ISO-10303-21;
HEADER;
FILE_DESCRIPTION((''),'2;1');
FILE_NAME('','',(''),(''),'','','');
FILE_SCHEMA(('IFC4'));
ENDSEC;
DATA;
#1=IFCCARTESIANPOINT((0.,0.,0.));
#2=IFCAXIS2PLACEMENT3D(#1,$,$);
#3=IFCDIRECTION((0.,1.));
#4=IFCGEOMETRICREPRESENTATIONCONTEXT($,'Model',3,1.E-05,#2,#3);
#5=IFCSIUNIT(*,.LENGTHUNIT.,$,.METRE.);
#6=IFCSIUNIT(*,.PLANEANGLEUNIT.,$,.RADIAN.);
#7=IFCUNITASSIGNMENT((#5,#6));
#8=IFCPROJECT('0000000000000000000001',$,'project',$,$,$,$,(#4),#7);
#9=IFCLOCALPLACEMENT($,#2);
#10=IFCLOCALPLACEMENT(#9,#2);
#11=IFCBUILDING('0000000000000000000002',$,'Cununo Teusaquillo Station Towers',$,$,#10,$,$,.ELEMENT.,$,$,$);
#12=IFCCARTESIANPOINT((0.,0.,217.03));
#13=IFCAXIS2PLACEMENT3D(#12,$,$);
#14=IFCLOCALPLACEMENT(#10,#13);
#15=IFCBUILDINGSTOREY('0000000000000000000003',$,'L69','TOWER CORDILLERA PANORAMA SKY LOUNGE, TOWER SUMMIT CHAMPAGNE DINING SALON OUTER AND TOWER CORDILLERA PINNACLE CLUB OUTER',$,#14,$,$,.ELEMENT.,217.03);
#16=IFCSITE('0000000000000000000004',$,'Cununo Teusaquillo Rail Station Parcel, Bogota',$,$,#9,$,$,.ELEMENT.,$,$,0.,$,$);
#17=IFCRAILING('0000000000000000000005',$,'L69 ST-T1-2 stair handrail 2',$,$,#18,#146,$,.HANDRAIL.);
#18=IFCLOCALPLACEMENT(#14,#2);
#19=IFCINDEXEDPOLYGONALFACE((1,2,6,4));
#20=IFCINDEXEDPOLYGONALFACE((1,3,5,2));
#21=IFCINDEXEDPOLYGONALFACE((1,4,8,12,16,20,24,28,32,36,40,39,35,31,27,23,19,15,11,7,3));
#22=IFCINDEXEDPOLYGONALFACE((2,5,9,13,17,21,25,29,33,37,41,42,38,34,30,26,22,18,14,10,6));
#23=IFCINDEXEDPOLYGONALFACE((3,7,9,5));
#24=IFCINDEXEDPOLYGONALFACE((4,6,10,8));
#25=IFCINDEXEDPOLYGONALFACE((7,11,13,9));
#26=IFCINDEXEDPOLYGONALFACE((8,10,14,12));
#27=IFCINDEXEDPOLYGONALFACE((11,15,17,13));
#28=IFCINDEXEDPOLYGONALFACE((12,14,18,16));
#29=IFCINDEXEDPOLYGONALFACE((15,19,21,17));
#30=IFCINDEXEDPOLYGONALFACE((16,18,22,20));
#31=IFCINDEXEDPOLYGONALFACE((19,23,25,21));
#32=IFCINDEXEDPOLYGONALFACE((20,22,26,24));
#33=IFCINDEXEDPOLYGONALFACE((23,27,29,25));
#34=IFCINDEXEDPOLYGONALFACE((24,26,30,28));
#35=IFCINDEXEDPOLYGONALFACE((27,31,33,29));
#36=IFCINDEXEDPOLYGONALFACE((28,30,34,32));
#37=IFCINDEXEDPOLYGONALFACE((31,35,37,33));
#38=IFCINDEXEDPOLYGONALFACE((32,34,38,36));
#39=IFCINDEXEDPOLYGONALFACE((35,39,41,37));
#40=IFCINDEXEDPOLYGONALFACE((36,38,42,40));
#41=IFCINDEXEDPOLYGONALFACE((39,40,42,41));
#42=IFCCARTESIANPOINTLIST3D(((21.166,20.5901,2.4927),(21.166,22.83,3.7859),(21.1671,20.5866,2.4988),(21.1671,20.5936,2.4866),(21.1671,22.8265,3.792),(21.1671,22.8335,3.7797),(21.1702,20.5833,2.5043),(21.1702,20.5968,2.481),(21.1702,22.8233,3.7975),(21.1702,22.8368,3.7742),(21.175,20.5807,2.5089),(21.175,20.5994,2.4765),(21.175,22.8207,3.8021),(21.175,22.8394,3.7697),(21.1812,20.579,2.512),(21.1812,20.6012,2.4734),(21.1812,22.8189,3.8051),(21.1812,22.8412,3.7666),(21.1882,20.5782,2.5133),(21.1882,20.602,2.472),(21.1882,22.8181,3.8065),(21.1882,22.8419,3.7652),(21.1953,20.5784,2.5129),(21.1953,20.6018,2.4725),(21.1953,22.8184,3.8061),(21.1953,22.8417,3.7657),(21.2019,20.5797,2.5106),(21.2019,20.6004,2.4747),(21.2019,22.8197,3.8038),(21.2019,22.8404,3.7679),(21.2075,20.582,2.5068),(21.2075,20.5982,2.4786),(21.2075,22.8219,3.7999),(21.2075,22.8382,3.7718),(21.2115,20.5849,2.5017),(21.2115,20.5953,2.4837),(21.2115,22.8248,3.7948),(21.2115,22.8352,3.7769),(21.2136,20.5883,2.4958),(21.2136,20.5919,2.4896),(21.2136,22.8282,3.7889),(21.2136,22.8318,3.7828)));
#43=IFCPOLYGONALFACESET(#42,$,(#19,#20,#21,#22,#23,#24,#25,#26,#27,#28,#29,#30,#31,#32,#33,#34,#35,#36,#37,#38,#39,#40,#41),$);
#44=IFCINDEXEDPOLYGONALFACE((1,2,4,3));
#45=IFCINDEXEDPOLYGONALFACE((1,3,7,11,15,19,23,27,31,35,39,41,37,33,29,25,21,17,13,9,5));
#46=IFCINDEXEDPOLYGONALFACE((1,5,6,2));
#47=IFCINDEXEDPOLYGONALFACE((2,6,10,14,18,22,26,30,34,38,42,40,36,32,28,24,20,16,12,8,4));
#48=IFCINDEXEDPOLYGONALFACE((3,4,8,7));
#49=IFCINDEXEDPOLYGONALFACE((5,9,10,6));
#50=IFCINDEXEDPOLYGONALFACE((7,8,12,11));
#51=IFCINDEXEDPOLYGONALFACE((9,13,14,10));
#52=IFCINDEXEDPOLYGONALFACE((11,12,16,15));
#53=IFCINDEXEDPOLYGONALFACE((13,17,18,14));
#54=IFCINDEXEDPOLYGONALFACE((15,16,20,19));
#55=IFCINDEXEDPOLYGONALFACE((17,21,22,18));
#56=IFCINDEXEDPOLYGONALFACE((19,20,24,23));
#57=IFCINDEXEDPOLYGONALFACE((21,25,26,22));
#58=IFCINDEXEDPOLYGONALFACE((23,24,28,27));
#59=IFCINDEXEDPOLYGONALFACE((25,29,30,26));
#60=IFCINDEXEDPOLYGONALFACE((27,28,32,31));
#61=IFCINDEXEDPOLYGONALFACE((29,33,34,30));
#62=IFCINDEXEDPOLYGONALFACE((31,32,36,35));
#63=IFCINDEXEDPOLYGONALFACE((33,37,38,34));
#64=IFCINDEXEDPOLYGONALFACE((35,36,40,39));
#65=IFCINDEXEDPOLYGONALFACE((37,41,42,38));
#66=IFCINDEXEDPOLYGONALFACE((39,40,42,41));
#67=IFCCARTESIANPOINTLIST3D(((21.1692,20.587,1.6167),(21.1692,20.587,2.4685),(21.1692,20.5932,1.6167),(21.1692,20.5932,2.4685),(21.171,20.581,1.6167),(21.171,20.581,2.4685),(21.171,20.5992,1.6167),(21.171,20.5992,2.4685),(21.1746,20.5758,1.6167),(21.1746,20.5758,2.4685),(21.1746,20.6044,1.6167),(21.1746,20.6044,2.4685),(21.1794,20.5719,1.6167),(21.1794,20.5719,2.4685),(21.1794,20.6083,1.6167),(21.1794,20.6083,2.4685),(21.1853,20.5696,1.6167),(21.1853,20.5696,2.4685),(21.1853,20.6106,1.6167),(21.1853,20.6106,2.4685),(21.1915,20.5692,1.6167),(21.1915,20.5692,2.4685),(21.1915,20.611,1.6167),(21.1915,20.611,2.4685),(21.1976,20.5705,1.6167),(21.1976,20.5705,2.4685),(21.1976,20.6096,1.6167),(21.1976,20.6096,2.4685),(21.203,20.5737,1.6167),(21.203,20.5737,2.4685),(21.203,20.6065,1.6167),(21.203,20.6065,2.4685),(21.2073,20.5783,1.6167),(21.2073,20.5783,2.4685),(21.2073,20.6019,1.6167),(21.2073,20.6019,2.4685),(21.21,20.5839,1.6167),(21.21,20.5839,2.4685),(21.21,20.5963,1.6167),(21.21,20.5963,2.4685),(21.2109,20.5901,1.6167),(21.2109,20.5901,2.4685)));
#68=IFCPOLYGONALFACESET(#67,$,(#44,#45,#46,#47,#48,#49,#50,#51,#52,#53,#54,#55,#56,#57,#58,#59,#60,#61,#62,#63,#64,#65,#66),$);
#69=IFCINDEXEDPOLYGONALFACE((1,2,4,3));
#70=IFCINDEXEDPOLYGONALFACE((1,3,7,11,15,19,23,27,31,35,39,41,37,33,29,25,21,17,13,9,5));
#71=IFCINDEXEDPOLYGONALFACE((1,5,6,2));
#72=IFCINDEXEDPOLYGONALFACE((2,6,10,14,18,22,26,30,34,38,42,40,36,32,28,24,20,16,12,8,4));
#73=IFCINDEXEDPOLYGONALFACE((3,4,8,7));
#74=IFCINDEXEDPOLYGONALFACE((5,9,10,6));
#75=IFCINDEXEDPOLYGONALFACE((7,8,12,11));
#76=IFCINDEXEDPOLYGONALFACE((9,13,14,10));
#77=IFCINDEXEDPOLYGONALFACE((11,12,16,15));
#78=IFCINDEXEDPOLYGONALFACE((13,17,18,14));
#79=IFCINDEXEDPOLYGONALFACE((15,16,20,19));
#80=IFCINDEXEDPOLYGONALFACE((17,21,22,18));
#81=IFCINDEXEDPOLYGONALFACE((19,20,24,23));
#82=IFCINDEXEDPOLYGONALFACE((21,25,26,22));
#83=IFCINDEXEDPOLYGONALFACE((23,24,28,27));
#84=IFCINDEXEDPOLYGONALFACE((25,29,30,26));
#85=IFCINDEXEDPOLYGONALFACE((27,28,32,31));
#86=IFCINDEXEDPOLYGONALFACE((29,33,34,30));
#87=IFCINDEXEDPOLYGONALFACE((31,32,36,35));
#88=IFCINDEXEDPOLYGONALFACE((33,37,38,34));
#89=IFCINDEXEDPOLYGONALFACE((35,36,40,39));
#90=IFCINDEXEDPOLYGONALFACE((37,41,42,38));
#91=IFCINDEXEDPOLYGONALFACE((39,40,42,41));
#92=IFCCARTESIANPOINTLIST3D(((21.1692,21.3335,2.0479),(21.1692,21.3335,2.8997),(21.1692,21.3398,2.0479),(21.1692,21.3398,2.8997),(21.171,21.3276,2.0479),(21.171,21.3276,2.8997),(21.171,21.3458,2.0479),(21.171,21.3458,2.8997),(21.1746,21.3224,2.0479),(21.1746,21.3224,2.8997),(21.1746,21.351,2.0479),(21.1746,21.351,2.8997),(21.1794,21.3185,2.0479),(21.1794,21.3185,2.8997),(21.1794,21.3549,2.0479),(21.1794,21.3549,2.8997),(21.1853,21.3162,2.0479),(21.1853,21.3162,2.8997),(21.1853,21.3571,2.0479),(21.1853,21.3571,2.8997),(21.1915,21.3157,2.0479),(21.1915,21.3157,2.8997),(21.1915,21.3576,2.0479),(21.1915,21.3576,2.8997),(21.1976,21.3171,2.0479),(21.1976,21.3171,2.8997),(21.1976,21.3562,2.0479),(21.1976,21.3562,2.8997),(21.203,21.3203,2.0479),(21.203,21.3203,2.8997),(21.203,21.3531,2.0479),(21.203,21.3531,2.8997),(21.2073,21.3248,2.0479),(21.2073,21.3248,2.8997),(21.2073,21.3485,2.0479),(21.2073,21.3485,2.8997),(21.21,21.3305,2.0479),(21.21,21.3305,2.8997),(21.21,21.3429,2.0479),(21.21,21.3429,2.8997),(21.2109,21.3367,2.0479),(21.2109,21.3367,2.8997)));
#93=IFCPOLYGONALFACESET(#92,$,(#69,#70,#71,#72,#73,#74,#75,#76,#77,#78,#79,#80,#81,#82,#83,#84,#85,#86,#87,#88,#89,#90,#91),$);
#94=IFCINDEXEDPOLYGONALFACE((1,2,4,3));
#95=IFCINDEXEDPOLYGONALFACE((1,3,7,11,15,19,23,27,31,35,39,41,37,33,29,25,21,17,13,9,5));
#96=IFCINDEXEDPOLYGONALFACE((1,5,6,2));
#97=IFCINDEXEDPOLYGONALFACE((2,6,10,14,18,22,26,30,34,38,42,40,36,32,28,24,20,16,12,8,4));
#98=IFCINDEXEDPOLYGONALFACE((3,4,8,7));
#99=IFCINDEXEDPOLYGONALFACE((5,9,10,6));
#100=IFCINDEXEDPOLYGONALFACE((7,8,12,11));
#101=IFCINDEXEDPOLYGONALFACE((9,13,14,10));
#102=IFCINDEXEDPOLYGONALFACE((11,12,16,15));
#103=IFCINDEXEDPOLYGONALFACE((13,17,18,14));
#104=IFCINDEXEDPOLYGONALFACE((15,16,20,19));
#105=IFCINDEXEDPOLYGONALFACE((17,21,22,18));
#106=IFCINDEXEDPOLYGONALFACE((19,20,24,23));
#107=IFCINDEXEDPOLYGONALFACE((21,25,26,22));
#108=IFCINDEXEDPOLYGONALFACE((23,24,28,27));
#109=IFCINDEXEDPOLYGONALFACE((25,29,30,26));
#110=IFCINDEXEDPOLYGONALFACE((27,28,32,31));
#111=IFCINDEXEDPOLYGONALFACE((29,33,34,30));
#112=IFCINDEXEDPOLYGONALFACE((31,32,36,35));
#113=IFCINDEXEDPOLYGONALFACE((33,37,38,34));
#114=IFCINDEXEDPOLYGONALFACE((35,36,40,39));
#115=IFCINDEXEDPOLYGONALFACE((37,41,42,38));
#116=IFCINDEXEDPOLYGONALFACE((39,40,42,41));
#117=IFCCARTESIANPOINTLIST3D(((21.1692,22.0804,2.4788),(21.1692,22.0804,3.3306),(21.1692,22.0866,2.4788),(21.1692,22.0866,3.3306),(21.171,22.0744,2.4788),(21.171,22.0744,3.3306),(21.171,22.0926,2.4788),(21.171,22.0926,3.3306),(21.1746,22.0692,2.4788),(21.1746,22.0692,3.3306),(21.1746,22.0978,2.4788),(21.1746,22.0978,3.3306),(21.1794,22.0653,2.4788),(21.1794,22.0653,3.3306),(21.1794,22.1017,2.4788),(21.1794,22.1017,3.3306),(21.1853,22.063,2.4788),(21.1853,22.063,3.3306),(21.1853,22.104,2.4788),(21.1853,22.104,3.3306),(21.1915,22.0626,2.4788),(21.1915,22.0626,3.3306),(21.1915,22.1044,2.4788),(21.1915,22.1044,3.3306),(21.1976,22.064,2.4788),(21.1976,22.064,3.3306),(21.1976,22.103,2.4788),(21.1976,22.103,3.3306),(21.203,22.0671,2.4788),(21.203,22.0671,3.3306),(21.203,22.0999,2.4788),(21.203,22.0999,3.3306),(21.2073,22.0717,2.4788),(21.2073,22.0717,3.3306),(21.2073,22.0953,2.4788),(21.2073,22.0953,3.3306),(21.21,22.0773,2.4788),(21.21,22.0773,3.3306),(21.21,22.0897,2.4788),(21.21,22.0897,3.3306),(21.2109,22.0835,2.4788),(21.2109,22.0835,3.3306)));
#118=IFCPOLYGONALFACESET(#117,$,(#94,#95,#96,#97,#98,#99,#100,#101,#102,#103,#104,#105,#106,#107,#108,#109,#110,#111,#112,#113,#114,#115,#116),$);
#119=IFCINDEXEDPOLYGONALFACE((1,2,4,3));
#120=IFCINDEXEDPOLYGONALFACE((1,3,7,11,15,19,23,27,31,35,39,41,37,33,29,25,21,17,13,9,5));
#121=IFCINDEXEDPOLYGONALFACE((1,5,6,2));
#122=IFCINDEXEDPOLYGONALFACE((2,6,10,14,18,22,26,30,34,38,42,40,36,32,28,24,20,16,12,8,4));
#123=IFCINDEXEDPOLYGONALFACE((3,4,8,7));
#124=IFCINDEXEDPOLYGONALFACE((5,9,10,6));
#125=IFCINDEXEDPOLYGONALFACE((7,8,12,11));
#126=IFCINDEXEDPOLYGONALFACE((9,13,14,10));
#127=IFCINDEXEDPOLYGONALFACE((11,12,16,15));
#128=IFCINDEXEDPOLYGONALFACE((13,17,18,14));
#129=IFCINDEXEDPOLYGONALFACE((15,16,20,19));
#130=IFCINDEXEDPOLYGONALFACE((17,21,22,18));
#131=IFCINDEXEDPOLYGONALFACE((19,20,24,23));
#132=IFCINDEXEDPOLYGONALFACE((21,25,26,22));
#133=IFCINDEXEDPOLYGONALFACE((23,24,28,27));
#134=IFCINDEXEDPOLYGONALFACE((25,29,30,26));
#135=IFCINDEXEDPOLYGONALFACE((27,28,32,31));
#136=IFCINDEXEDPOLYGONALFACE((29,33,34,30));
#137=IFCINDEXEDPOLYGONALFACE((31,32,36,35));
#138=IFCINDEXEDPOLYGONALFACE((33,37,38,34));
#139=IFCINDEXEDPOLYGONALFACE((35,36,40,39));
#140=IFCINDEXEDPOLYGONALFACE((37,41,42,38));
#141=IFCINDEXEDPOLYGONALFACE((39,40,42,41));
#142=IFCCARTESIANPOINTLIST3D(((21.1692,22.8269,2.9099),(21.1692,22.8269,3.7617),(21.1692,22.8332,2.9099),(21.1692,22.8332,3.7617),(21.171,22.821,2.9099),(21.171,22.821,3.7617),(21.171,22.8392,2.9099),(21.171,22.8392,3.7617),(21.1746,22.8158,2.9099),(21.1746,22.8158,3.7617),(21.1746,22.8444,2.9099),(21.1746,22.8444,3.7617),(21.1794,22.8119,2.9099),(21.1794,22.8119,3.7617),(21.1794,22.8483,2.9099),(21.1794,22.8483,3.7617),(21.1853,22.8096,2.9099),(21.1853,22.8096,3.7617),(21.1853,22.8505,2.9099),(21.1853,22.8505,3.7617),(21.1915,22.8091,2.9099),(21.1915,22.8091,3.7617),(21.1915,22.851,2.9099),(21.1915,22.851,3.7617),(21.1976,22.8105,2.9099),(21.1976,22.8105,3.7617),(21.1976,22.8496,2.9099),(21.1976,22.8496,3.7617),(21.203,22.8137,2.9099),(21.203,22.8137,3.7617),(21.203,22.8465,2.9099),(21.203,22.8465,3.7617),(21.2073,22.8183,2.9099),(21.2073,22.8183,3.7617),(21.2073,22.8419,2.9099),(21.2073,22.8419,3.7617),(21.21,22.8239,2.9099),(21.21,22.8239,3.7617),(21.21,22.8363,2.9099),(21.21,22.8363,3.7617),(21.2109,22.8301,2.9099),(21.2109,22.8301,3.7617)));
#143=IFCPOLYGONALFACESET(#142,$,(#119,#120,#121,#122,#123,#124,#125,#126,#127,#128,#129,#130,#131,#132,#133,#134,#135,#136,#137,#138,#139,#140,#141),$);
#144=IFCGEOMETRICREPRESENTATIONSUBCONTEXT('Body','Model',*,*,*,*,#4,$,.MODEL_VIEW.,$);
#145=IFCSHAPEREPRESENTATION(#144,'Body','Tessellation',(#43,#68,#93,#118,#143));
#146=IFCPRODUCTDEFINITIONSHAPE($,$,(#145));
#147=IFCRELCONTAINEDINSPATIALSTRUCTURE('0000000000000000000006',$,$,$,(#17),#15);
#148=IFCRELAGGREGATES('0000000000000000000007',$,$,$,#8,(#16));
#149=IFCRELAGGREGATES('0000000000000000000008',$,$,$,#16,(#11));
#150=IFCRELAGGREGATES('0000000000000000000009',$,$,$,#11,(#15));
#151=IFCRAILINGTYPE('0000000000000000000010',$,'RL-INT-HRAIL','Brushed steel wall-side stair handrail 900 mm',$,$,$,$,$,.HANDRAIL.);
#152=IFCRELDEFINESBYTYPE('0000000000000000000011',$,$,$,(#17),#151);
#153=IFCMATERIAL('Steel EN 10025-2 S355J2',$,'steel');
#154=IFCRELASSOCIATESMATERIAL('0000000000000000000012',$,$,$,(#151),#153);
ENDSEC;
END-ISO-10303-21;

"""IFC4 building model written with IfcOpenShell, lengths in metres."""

from ifc_helpers import new_model, si_unit, direction, frame, origin, origin_2d, place, context, subcontext, project, spatial, circle, extrude, material, type_object, element, save


model = new_model("IFC4")

# Units and contexts
model_context = context("Model", 3, precision=1e-05, world=origin(), true_north=direction((0.0, 1.0)))
body_context = subcontext(model_context, "Body", "Model", "MODEL_VIEW")
ifc_project = project(units=[si_unit("LENGTHUNIT", "METRE"), si_unit("PLANEANGLEUNIT", "RADIAN")], contexts=[model_context])

# Site, building, storey
site_placement = place(None, origin())
site = spatial("IfcSite", under=ifc_project, at=site_placement, Name="Cununo Teusaquillo Rail Station Parcel, Bogota", CompositionType="ELEMENT", RefElevation=0.0)
building_placement = place(site_placement, origin())
building = spatial("IfcBuilding", under=site, at=building_placement, Name="Cununo Teusaquillo Station Towers", CompositionType="ELEMENT")
storey_placement = place(building_placement, frame((0.0, 0.0, 217.03)))
storey = spatial("IfcBuildingStorey", under=building, at=storey_placement, Name="L69", Description="TOWER CORDILLERA PANORAMA SKY LOUNGE, TOWER SUMMIT CHAMPAGNE DINING SALON OUTER AND TOWER CORDILLERA PINNACLE CLUB OUTER", CompositionType="ELEMENT", Elevation=217.03)

# Railing
ifc_material_1 = material(Name="Steel EN 10025-2 S355J2", Category="steel")
railing_type_1 = type_object("IfcRailingType", Name="RL-INT-HRAIL", Description="Brushed steel wall-side stair handrail 900 mm", PredefinedType="HANDRAIL", material=ifc_material_1)
railing_1_placement = place(storey_placement, frame((21.1899, 20.5901, 1.6167)))
element("IfcRailing", 1, at=railing_1_placement, inside=storey, type_object=railing_type_1, Name="L69 ST-T1-2 stair handrail 2", PredefinedType="HANDRAIL", context=body_context, shape_type="SweptSolid", body=[
    extrude(circle(Radius=0.0239, at=origin_2d()), frame((0.0, 0.0, 0.876), z_axis=(0.0, 0.866033, 0.499987), x_axis=(-1.0, 0.0, 0.0)), (0.0, 0.0, 1.0), 2.5864),
    extrude(circle(Radius=0.021, at=origin_2d()), origin(), (0.0, 0.0, 1.0), 0.8518),
    extrude(circle(Radius=0.021, at=origin_2d()), frame((0.0, 0.7466, 0.4312)), (0.0, 0.0, 1.0), 0.8518),
    extrude(circle(Radius=0.021, at=origin_2d()), frame((0.0, 1.4934, 0.8621)), (0.0, 0.0, 1.0), 0.8518),
    extrude(circle(Radius=0.021, at=origin_2d()), frame((0.0, 2.24, 1.2932)), (0.0, 0.0, 1.0), 0.8518),
])

save(model, "model.ifc")
